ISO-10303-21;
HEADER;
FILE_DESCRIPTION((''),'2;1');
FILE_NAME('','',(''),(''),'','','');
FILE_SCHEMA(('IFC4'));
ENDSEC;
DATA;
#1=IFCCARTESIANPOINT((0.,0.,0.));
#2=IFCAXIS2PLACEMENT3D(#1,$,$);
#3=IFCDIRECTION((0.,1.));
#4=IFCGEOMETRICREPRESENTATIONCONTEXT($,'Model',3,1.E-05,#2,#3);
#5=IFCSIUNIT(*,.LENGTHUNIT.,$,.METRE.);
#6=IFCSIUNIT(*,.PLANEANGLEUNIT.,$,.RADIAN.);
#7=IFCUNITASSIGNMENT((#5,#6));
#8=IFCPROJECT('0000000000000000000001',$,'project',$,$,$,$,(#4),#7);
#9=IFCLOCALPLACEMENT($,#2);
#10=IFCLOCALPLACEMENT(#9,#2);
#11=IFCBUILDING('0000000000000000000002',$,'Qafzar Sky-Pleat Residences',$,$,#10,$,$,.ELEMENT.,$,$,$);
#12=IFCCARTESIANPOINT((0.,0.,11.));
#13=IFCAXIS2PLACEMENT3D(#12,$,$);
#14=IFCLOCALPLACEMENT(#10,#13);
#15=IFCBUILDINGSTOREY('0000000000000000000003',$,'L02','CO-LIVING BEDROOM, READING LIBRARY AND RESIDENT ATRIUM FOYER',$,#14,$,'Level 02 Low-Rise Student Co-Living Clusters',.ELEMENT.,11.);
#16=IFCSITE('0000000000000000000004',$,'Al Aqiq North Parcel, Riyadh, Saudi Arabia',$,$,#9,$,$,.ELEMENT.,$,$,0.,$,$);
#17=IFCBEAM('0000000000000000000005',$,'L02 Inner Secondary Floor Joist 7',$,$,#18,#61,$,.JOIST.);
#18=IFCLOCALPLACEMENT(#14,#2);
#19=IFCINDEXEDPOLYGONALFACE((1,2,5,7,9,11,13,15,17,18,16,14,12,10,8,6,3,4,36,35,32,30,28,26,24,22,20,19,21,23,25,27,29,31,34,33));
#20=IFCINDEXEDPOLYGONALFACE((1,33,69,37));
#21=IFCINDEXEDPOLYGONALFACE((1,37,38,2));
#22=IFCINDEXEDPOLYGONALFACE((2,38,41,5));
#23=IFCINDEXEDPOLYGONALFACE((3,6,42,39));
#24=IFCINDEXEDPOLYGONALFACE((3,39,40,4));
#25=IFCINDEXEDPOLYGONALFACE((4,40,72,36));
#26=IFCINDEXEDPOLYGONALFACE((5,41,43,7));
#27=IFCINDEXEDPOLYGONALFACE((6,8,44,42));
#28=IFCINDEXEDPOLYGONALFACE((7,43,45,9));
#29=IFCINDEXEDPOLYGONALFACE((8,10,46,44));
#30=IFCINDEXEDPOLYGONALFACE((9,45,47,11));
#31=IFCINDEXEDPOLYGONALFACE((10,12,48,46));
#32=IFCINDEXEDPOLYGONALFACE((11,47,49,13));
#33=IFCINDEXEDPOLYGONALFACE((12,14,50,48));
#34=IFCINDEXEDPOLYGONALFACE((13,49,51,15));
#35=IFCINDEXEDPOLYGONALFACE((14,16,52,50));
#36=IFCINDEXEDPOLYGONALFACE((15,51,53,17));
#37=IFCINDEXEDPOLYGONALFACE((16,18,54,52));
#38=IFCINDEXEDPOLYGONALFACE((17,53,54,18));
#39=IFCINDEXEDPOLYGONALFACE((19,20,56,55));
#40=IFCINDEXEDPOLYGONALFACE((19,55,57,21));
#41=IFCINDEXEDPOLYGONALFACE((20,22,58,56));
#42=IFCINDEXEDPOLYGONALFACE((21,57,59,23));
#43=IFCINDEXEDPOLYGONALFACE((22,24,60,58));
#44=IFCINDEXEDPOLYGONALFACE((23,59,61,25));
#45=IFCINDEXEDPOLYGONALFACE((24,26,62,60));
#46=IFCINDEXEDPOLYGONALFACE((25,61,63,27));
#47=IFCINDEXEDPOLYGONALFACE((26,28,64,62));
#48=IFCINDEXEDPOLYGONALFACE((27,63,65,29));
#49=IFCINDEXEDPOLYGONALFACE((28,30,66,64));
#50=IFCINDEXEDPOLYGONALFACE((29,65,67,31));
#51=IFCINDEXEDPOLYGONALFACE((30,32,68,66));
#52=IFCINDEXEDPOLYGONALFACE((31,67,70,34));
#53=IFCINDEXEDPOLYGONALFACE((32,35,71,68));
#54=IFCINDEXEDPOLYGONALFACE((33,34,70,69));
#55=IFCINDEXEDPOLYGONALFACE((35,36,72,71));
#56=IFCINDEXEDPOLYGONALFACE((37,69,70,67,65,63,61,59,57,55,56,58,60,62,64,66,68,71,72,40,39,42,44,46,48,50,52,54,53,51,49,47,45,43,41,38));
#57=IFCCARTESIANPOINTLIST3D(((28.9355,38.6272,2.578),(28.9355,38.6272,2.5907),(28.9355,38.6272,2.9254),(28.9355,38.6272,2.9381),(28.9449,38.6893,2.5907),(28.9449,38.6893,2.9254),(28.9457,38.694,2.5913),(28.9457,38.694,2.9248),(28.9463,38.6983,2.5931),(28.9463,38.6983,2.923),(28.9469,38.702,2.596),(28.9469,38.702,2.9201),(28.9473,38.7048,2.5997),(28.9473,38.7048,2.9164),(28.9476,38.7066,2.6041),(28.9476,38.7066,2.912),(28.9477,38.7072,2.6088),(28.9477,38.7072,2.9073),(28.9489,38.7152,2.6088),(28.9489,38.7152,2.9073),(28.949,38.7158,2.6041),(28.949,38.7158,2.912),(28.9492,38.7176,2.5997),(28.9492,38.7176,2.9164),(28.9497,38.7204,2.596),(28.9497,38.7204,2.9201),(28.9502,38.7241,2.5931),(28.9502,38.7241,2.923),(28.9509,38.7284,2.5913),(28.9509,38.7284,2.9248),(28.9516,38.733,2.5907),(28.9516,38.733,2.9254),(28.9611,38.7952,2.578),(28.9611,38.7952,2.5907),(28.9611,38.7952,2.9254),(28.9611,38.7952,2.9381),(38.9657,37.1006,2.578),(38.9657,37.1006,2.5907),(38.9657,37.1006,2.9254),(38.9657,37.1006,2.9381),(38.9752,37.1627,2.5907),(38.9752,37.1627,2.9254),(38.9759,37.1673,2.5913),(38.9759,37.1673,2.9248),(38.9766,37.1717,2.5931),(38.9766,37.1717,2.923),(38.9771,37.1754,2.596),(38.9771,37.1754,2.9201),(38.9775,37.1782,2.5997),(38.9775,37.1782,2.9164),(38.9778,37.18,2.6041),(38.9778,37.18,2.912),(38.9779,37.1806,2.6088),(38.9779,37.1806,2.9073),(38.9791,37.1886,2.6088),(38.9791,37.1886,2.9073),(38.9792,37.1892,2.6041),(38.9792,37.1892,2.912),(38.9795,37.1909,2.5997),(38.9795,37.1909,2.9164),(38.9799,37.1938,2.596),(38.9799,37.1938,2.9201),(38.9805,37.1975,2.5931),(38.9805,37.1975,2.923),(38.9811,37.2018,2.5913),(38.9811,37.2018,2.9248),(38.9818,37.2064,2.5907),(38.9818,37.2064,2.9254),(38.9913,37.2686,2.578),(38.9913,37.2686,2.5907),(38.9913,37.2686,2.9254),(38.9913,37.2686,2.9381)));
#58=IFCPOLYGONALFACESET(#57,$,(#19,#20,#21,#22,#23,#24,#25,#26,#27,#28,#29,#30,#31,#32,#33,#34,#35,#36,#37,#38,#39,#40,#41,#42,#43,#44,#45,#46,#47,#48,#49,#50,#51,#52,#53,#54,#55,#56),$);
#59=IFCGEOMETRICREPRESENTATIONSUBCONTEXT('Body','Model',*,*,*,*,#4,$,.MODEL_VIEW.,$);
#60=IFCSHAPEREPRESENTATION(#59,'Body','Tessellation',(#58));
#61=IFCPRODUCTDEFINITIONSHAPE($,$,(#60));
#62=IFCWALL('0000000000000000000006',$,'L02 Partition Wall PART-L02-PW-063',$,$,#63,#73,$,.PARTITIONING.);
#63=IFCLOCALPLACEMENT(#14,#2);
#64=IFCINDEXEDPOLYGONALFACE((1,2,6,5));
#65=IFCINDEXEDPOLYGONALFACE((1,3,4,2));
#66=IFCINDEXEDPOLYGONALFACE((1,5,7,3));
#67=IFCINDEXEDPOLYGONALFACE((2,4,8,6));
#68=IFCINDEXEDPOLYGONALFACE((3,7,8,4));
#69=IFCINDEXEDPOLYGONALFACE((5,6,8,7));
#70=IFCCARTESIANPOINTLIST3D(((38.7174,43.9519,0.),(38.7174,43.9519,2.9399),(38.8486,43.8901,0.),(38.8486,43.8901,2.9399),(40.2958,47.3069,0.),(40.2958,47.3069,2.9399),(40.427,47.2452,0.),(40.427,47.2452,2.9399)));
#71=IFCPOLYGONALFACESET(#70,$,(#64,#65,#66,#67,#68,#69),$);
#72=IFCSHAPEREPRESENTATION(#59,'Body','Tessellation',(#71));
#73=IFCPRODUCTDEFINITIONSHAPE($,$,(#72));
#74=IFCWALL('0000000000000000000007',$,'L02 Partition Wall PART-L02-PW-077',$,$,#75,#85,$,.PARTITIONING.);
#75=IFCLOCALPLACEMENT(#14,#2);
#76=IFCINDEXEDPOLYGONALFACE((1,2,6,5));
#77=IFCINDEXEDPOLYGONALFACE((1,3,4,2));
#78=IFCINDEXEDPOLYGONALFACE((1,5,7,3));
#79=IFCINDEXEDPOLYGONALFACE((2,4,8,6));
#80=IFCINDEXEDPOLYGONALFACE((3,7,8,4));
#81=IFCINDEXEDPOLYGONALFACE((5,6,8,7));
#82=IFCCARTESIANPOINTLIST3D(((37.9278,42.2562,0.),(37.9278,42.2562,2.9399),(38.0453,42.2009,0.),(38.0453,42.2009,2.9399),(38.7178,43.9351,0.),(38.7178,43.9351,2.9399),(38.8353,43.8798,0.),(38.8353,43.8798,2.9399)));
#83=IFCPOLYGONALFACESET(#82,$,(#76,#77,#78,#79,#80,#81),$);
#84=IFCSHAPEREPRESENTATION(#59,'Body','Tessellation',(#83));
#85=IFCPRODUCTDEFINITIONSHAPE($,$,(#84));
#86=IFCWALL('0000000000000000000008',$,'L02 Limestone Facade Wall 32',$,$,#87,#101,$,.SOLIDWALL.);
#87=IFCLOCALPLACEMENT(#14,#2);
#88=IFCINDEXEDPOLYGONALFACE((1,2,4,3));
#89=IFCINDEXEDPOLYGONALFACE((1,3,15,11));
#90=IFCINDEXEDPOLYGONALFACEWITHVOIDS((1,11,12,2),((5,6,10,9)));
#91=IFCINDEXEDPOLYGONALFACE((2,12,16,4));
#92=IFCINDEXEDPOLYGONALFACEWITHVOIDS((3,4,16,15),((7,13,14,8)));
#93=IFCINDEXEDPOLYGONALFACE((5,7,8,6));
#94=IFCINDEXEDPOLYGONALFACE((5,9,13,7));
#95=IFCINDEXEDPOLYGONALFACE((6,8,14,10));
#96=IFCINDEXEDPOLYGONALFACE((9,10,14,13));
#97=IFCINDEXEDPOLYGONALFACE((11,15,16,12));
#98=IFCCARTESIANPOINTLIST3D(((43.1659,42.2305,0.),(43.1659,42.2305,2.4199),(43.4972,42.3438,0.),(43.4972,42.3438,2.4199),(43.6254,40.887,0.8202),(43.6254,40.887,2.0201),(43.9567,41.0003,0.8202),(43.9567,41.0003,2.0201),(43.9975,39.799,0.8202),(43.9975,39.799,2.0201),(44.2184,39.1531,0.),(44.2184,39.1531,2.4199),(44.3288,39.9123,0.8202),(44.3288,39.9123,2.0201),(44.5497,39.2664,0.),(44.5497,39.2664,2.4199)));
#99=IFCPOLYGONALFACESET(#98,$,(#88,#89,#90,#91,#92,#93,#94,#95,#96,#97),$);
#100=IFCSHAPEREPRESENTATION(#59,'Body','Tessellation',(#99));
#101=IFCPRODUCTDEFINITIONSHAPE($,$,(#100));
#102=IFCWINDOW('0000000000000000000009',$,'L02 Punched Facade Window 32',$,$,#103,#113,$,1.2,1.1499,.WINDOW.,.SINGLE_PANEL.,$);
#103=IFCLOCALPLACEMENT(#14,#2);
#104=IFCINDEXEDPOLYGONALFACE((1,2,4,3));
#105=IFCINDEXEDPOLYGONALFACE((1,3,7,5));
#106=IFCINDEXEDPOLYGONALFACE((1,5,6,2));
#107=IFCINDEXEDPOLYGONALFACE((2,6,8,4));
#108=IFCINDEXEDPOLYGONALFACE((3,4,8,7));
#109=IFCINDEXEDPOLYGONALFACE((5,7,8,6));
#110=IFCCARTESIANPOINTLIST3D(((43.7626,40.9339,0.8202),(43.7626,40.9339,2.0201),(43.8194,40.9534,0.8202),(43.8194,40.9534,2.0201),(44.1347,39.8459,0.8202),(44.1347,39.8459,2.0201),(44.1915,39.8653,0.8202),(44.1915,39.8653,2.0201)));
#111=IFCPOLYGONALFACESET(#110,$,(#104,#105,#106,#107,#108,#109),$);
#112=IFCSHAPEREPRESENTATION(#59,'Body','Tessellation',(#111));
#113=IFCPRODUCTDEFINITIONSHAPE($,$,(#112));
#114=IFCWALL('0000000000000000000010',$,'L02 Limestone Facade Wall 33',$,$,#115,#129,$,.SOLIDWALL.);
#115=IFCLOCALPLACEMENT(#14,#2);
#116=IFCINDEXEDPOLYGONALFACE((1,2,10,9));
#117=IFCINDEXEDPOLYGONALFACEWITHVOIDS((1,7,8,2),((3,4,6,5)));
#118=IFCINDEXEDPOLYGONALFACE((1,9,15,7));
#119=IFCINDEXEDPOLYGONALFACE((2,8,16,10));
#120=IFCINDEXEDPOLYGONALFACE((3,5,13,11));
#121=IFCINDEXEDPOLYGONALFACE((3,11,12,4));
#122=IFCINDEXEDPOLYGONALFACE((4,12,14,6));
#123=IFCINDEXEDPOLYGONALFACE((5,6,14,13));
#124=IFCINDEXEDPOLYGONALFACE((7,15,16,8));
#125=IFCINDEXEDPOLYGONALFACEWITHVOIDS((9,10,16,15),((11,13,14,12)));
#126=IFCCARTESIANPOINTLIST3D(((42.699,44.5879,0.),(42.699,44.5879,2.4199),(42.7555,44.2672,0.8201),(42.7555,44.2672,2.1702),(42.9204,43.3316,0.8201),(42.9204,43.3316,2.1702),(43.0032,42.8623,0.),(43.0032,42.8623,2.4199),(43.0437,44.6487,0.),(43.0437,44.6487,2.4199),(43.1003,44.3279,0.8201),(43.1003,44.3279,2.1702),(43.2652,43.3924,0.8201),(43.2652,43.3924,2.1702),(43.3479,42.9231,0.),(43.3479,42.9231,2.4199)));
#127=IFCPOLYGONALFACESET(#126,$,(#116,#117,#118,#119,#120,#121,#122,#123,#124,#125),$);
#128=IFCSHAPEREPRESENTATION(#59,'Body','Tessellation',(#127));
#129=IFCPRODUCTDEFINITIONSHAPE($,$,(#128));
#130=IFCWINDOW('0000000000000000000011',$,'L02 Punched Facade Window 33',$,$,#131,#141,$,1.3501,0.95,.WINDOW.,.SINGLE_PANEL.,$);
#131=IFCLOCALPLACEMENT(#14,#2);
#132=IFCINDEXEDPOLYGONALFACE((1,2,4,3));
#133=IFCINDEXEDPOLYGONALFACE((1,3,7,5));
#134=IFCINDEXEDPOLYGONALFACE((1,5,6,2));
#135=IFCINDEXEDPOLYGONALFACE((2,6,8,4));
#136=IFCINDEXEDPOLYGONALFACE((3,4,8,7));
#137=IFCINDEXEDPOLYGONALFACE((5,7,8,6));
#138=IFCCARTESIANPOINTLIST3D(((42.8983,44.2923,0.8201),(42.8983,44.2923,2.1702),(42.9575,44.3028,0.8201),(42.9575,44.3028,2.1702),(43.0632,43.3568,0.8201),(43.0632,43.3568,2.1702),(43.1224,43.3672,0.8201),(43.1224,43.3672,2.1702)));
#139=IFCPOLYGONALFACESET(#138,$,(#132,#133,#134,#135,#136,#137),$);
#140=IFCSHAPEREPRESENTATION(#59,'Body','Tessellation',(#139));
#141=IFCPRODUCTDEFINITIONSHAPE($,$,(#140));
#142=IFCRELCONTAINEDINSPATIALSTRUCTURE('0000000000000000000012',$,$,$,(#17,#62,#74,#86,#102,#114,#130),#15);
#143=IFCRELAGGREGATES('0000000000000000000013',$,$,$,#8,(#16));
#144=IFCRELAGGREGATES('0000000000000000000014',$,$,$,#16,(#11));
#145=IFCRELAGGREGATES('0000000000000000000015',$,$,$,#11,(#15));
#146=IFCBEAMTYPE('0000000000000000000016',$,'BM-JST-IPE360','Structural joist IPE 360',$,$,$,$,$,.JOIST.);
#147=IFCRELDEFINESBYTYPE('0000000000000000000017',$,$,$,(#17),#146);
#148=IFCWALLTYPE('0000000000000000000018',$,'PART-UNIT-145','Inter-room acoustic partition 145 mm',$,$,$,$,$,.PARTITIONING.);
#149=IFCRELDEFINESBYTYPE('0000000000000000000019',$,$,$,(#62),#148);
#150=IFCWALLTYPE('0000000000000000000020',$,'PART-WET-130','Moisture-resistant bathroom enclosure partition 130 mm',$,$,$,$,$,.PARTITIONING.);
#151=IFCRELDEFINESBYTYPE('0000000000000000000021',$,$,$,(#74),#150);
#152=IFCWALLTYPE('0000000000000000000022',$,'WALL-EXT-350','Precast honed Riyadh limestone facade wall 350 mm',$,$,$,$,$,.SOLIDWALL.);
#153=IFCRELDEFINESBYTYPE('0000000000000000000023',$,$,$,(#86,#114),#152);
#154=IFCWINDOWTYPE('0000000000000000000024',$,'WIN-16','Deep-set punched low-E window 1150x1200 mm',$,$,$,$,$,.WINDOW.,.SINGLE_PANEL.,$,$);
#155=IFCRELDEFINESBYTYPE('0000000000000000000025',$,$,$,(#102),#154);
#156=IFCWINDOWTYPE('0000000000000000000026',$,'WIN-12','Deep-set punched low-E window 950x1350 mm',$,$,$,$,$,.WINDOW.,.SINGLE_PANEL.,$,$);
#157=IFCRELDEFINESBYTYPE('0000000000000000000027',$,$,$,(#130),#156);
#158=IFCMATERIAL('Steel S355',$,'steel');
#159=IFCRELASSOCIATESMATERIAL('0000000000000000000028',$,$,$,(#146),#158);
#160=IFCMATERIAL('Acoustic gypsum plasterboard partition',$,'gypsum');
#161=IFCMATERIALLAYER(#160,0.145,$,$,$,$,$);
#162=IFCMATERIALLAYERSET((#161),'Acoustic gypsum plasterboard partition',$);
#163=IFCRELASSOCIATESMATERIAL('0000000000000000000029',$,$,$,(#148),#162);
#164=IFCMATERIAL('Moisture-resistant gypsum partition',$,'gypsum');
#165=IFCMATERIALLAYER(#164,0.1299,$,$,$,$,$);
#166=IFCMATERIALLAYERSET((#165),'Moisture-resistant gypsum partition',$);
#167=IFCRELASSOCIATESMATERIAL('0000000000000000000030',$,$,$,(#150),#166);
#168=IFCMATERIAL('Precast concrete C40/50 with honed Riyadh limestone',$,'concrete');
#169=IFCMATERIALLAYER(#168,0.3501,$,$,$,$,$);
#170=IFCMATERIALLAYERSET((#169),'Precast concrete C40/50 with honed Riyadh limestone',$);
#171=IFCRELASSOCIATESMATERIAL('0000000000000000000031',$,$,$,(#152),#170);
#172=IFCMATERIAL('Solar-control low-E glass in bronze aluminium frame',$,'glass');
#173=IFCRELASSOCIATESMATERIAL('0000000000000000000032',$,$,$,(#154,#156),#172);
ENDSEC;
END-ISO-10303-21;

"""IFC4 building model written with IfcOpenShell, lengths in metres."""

from ifc_helpers import new_model, si_unit, direction, frame, frame_2d, origin, origin_2d, place, context, subcontext, project, spatial, rectangle, i_section, extrude, source, transform, mapped, material, layer, layer_set, material_profile, profile_set, type_object, element, fill, save


model = new_model("IFC4")

# Units and contexts
model_context = context("Model", 3, precision=1e-05, world=origin(), true_north=direction((0.0, 1.0)))
body_context = subcontext(model_context, "Body", "Model", "MODEL_VIEW")
ifc_project = project(units=[si_unit("LENGTHUNIT", "METRE"), si_unit("PLANEANGLEUNIT", "RADIAN")], contexts=[model_context])

# Site, building, storey
site_placement = place(None, origin())
site = spatial("IfcSite", under=ifc_project, at=site_placement, Name="Al Aqiq North Parcel, Riyadh, Saudi Arabia", CompositionType="ELEMENT", RefElevation=0.0)
building_placement = place(site_placement, origin())
building = spatial("IfcBuilding", under=site, at=building_placement, Name="Qafzar Sky-Pleat Residences", CompositionType="ELEMENT")
storey_placement = place(building_placement, frame((0.0, 0.0, 11.0)))
storey = spatial("IfcBuildingStorey", under=building, at=storey_placement, Name="L02", Description="CO-LIVING BEDROOM, READING LIBRARY AND RESIDENT ATRIUM FOYER", LongName="Level 02 Low-Rise Student Co-Living Clusters", CompositionType="ELEMENT", Elevation=11.0)

# Beam
ifc_material_1 = material(Name="Steel S355", Category="steel")
ifc_material_profile_1 = material_profile(ifc_material_1, i_section(OverallWidth=0.1699, OverallDepth=0.3601, WebThickness=0.0081, FlangeThickness=0.0127, FilletRadius=0.0181, at=origin_2d()), Name="IPE 360")
ifc_profile_set_1 = profile_set([ifc_material_profile_1], Name="Steel S355")
beam_type_1 = type_object("IfcBeamType", Name="BM-JST-IPE360", Description="Structural joist IPE 360", PredefinedType="JOIST", material=ifc_profile_set_1)
shared_shape_1 = source(origin(), body_context, "Body", "SweptSolid", [
    extrude(i_section(OverallWidth=0.1699, OverallDepth=0.3601, WebThickness=0.0081, FlangeThickness=0.0127, FilletRadius=0.0181, at=origin_2d()), origin(), (0.0, 0.0, 1.0), 10.1458),
])
beam_1_placement = place(storey_placement, frame((38.9785, 37.1846, 2.7581), z_axis=(-0.988615, 0.150468, 0.0), x_axis=(-0.150468, -0.988615, 0.0)))
element("IfcBeam", 1, at=beam_1_placement, inside=storey, type_object=beam_type_1, Name="L02 Inner Secondary Floor Joist 7", PredefinedType="JOIST", context=body_context, shape_type="MappedRepresentation", body=[
    mapped(shared_shape_1, transform((0.0, 0.0, 0.0), x_axis=(1.0, 0.0, 0.0), y_axis=(0.0, 1.0, 0.0), z_axis=(0.0, 0.0, 1.0), scale=1.0)),
])

# Walls
ifc_material_2 = material(Name="Acoustic gypsum plasterboard partition", Category="gypsum")
ifc_layer_1 = layer(ifc_material_2, 0.145)
ifc_layer_set_1 = layer_set([ifc_layer_1], Name="Acoustic gypsum plasterboard partition")
wall_type_1 = type_object("IfcWallType", Name="PART-UNIT-145", Description="Inter-room acoustic partition 145 mm", PredefinedType="PARTITIONING", material=ifc_layer_set_1)
wall_1_placement = place(storey_placement, frame((38.783, 43.9209, 0.0), z_axis=(0.0, 0.0, 1.0), x_axis=(0.425699, 0.904865, 0.0)))
element("IfcWall", 2, at=wall_1_placement, inside=storey, type_object=wall_type_1, Name="L02 Partition Wall PART-L02-PW-063", PredefinedType="PARTITIONING", context=body_context, shape_type="SweptSolid", body=[
    extrude(rectangle(XDim=3.7078, YDim=0.145, at=frame_2d((1.854, 0.0))), origin(), (0.0, 0.0, 1.0), 2.9399),
])
ifc_material_3 = material(Name="Moisture-resistant gypsum partition", Category="gypsum")
ifc_layer_2 = layer(ifc_material_3, 0.1299)
ifc_layer_set_2 = layer_set([ifc_layer_2], Name="Moisture-resistant gypsum partition")
wall_type_2 = type_object("IfcWallType", Name="PART-WET-130", Description="Moisture-resistant bathroom enclosure partition 130 mm", PredefinedType="PARTITIONING", material=ifc_layer_set_2)
wall_2_placement = place(storey_placement, frame((37.9866, 42.2285, 0.0), z_axis=(0.0, 0.0, 1.0), x_axis=(0.425772, 0.904831, 0.0)))
element("IfcWall", 3, at=wall_2_placement, inside=storey, type_object=wall_type_2, Name="L02 Partition Wall PART-L02-PW-077", PredefinedType="PARTITIONING", context=body_context, shape_type="SweptSolid", body=[
    extrude(rectangle(XDim=1.8555, YDim=0.1299, at=frame_2d((0.9277, 0.0))), origin(), (0.0, 0.0, 1.0), 2.9399),
])

# Walls, openings, windows
ifc_material_4 = material(Name="Precast concrete C40/50 with honed Riyadh limestone", Category="concrete")
ifc_layer_3 = layer(ifc_material_4, 0.3501)
ifc_layer_set_3 = layer_set([ifc_layer_3], Name="Precast concrete C40/50 with honed Riyadh limestone")
wall_type_3 = type_object("IfcWallType", Name="WALL-EXT-350", Description="Precast honed Riyadh limestone facade wall 350 mm", PredefinedType="SOLIDWALL", material=ifc_layer_set_3)
wall_3_placement = place(storey_placement, frame((44.384, 39.2097, 0.0), z_axis=(0.0, 0.0, 1.0), x_axis=(-0.323605, 0.946192, 0.0)))
wall_3 = element("IfcWall", 4, at=wall_3_placement, inside=storey, type_object=wall_type_3, Name="L02 Limestone Facade Wall 32", PredefinedType="SOLIDWALL", context=body_context, shape_type="SweptSolid", body=[
    extrude(rectangle(XDim=3.2524, YDim=0.3501, at=frame_2d((1.6262, 0.0))), origin(), (0.0, 0.0, 1.0), 2.4199),
])
opening_1_placement = place(wall_3_placement, frame((0.6826, 0.0, 0.8201)))
opening_1 = element("IfcOpeningElement", 5, at=opening_1_placement, cuts=wall_3, PredefinedType="OPENING", context=body_context, shape_type="SweptSolid", body=[
    extrude(rectangle(XDim=1.1499, YDim=1.2, at=frame_2d((0.575, 0.6001))), frame((0.0, 0.1851, 0.0), z_axis=(0.0, -1.0, 0.0), x_axis=(1.0, 0.0, 0.0)), (0.0, 0.0, 1.0), 0.3701),
])
ifc_material_5 = material(Name="Solar-control low-E glass in bronze aluminium frame", Category="glass")
window_type_1 = type_object("IfcWindowType", Name="WIN-16", Description="Deep-set punched low-E window 1150x1200 mm", PartitioningType="SINGLE_PANEL", PredefinedType="WINDOW", material=ifc_material_5)
shared_shape_2 = source(origin(), body_context, "Body", "SweptSolid", [
    extrude(rectangle(XDim=1.1499, YDim=1.2, at=frame_2d((0.575, 0.6001))), frame((0.0, 0.03, 0.0), z_axis=(0.0, -1.0, 0.0), x_axis=(1.0, 0.0, 0.0)), (0.0, 0.0, 1.0), 0.0601),
])
window_1_placement = place(opening_1_placement, origin())
window_1 = element("IfcWindow", 6, at=window_1_placement, inside=storey, type_object=window_type_1, Name="L02 Punched Facade Window 32", OverallHeight=1.2, OverallWidth=1.1499, PartitioningType="SINGLE_PANEL", PredefinedType="WINDOW", context=body_context, shape_type="MappedRepresentation", body=[
    mapped(shared_shape_2, transform((0.0, 0.0, 0.0), x_axis=(1.0, 0.0, 0.0), y_axis=(0.0, 1.0, 0.0), z_axis=(0.0, 0.0, 1.0), scale=1.0)),
])
fill(opening_1, window_1)
wall_4_placement = place(storey_placement, frame((43.1755, 42.8928, 0.0), z_axis=(0.0, 0.0, 1.0), x_axis=(-0.17361, 0.984814, 0.0)))
wall_4 = element("IfcWall", 7, at=wall_4_placement, inside=storey, type_object=wall_type_3, Name="L02 Limestone Facade Wall 33", PredefinedType="SOLIDWALL", context=body_context, shape_type="SweptSolid", body=[
    extrude(rectangle(XDim=1.7522, YDim=0.3501, at=frame_2d((0.876, 0.0))), origin(), (0.0, 0.0, 1.0), 2.4199),
])
opening_2_placement = place(wall_4_placement, frame((0.4763, 0.0, 0.8201)))
opening_2 = element("IfcOpeningElement", 8, at=opening_2_placement, cuts=wall_4, PredefinedType="OPENING", context=body_context, shape_type="SweptSolid", body=[
    extrude(rectangle(XDim=0.95, YDim=1.3501, at=frame_2d((0.4751, 0.675))), frame((0.0, 0.1851, 0.0), z_axis=(0.0, -1.0, 0.0), x_axis=(1.0, 0.0, 0.0)), (0.0, 0.0, 1.0), 0.3701),
])
window_type_2 = type_object("IfcWindowType", Name="WIN-12", Description="Deep-set punched low-E window 950x1350 mm", PartitioningType="SINGLE_PANEL", PredefinedType="WINDOW", material=ifc_material_5)
shared_shape_3 = source(origin(), body_context, "Body", "SweptSolid", [
    extrude(rectangle(XDim=0.95, YDim=1.3501, at=frame_2d((0.4751, 0.675))), frame((0.0, 0.03, 0.0), z_axis=(0.0, -1.0, 0.0), x_axis=(1.0, 0.0, 0.0)), (0.0, 0.0, 1.0), 0.0601),
])
window_2_placement = place(opening_2_placement, origin())
window_2 = element("IfcWindow", 9, at=window_2_placement, inside=storey, type_object=window_type_2, Name="L02 Punched Facade Window 33", OverallHeight=1.3501, OverallWidth=0.95, PartitioningType="SINGLE_PANEL", PredefinedType="WINDOW", context=body_context, shape_type="MappedRepresentation", body=[
    mapped(shared_shape_3, transform((0.0, 0.0, 0.0), x_axis=(1.0, 0.0, 0.0), y_axis=(0.0, 1.0, 0.0), z_axis=(0.0, 0.0, 1.0), scale=1.0)),
])
fill(opening_2, window_2)

save(model, "model.ifc")
